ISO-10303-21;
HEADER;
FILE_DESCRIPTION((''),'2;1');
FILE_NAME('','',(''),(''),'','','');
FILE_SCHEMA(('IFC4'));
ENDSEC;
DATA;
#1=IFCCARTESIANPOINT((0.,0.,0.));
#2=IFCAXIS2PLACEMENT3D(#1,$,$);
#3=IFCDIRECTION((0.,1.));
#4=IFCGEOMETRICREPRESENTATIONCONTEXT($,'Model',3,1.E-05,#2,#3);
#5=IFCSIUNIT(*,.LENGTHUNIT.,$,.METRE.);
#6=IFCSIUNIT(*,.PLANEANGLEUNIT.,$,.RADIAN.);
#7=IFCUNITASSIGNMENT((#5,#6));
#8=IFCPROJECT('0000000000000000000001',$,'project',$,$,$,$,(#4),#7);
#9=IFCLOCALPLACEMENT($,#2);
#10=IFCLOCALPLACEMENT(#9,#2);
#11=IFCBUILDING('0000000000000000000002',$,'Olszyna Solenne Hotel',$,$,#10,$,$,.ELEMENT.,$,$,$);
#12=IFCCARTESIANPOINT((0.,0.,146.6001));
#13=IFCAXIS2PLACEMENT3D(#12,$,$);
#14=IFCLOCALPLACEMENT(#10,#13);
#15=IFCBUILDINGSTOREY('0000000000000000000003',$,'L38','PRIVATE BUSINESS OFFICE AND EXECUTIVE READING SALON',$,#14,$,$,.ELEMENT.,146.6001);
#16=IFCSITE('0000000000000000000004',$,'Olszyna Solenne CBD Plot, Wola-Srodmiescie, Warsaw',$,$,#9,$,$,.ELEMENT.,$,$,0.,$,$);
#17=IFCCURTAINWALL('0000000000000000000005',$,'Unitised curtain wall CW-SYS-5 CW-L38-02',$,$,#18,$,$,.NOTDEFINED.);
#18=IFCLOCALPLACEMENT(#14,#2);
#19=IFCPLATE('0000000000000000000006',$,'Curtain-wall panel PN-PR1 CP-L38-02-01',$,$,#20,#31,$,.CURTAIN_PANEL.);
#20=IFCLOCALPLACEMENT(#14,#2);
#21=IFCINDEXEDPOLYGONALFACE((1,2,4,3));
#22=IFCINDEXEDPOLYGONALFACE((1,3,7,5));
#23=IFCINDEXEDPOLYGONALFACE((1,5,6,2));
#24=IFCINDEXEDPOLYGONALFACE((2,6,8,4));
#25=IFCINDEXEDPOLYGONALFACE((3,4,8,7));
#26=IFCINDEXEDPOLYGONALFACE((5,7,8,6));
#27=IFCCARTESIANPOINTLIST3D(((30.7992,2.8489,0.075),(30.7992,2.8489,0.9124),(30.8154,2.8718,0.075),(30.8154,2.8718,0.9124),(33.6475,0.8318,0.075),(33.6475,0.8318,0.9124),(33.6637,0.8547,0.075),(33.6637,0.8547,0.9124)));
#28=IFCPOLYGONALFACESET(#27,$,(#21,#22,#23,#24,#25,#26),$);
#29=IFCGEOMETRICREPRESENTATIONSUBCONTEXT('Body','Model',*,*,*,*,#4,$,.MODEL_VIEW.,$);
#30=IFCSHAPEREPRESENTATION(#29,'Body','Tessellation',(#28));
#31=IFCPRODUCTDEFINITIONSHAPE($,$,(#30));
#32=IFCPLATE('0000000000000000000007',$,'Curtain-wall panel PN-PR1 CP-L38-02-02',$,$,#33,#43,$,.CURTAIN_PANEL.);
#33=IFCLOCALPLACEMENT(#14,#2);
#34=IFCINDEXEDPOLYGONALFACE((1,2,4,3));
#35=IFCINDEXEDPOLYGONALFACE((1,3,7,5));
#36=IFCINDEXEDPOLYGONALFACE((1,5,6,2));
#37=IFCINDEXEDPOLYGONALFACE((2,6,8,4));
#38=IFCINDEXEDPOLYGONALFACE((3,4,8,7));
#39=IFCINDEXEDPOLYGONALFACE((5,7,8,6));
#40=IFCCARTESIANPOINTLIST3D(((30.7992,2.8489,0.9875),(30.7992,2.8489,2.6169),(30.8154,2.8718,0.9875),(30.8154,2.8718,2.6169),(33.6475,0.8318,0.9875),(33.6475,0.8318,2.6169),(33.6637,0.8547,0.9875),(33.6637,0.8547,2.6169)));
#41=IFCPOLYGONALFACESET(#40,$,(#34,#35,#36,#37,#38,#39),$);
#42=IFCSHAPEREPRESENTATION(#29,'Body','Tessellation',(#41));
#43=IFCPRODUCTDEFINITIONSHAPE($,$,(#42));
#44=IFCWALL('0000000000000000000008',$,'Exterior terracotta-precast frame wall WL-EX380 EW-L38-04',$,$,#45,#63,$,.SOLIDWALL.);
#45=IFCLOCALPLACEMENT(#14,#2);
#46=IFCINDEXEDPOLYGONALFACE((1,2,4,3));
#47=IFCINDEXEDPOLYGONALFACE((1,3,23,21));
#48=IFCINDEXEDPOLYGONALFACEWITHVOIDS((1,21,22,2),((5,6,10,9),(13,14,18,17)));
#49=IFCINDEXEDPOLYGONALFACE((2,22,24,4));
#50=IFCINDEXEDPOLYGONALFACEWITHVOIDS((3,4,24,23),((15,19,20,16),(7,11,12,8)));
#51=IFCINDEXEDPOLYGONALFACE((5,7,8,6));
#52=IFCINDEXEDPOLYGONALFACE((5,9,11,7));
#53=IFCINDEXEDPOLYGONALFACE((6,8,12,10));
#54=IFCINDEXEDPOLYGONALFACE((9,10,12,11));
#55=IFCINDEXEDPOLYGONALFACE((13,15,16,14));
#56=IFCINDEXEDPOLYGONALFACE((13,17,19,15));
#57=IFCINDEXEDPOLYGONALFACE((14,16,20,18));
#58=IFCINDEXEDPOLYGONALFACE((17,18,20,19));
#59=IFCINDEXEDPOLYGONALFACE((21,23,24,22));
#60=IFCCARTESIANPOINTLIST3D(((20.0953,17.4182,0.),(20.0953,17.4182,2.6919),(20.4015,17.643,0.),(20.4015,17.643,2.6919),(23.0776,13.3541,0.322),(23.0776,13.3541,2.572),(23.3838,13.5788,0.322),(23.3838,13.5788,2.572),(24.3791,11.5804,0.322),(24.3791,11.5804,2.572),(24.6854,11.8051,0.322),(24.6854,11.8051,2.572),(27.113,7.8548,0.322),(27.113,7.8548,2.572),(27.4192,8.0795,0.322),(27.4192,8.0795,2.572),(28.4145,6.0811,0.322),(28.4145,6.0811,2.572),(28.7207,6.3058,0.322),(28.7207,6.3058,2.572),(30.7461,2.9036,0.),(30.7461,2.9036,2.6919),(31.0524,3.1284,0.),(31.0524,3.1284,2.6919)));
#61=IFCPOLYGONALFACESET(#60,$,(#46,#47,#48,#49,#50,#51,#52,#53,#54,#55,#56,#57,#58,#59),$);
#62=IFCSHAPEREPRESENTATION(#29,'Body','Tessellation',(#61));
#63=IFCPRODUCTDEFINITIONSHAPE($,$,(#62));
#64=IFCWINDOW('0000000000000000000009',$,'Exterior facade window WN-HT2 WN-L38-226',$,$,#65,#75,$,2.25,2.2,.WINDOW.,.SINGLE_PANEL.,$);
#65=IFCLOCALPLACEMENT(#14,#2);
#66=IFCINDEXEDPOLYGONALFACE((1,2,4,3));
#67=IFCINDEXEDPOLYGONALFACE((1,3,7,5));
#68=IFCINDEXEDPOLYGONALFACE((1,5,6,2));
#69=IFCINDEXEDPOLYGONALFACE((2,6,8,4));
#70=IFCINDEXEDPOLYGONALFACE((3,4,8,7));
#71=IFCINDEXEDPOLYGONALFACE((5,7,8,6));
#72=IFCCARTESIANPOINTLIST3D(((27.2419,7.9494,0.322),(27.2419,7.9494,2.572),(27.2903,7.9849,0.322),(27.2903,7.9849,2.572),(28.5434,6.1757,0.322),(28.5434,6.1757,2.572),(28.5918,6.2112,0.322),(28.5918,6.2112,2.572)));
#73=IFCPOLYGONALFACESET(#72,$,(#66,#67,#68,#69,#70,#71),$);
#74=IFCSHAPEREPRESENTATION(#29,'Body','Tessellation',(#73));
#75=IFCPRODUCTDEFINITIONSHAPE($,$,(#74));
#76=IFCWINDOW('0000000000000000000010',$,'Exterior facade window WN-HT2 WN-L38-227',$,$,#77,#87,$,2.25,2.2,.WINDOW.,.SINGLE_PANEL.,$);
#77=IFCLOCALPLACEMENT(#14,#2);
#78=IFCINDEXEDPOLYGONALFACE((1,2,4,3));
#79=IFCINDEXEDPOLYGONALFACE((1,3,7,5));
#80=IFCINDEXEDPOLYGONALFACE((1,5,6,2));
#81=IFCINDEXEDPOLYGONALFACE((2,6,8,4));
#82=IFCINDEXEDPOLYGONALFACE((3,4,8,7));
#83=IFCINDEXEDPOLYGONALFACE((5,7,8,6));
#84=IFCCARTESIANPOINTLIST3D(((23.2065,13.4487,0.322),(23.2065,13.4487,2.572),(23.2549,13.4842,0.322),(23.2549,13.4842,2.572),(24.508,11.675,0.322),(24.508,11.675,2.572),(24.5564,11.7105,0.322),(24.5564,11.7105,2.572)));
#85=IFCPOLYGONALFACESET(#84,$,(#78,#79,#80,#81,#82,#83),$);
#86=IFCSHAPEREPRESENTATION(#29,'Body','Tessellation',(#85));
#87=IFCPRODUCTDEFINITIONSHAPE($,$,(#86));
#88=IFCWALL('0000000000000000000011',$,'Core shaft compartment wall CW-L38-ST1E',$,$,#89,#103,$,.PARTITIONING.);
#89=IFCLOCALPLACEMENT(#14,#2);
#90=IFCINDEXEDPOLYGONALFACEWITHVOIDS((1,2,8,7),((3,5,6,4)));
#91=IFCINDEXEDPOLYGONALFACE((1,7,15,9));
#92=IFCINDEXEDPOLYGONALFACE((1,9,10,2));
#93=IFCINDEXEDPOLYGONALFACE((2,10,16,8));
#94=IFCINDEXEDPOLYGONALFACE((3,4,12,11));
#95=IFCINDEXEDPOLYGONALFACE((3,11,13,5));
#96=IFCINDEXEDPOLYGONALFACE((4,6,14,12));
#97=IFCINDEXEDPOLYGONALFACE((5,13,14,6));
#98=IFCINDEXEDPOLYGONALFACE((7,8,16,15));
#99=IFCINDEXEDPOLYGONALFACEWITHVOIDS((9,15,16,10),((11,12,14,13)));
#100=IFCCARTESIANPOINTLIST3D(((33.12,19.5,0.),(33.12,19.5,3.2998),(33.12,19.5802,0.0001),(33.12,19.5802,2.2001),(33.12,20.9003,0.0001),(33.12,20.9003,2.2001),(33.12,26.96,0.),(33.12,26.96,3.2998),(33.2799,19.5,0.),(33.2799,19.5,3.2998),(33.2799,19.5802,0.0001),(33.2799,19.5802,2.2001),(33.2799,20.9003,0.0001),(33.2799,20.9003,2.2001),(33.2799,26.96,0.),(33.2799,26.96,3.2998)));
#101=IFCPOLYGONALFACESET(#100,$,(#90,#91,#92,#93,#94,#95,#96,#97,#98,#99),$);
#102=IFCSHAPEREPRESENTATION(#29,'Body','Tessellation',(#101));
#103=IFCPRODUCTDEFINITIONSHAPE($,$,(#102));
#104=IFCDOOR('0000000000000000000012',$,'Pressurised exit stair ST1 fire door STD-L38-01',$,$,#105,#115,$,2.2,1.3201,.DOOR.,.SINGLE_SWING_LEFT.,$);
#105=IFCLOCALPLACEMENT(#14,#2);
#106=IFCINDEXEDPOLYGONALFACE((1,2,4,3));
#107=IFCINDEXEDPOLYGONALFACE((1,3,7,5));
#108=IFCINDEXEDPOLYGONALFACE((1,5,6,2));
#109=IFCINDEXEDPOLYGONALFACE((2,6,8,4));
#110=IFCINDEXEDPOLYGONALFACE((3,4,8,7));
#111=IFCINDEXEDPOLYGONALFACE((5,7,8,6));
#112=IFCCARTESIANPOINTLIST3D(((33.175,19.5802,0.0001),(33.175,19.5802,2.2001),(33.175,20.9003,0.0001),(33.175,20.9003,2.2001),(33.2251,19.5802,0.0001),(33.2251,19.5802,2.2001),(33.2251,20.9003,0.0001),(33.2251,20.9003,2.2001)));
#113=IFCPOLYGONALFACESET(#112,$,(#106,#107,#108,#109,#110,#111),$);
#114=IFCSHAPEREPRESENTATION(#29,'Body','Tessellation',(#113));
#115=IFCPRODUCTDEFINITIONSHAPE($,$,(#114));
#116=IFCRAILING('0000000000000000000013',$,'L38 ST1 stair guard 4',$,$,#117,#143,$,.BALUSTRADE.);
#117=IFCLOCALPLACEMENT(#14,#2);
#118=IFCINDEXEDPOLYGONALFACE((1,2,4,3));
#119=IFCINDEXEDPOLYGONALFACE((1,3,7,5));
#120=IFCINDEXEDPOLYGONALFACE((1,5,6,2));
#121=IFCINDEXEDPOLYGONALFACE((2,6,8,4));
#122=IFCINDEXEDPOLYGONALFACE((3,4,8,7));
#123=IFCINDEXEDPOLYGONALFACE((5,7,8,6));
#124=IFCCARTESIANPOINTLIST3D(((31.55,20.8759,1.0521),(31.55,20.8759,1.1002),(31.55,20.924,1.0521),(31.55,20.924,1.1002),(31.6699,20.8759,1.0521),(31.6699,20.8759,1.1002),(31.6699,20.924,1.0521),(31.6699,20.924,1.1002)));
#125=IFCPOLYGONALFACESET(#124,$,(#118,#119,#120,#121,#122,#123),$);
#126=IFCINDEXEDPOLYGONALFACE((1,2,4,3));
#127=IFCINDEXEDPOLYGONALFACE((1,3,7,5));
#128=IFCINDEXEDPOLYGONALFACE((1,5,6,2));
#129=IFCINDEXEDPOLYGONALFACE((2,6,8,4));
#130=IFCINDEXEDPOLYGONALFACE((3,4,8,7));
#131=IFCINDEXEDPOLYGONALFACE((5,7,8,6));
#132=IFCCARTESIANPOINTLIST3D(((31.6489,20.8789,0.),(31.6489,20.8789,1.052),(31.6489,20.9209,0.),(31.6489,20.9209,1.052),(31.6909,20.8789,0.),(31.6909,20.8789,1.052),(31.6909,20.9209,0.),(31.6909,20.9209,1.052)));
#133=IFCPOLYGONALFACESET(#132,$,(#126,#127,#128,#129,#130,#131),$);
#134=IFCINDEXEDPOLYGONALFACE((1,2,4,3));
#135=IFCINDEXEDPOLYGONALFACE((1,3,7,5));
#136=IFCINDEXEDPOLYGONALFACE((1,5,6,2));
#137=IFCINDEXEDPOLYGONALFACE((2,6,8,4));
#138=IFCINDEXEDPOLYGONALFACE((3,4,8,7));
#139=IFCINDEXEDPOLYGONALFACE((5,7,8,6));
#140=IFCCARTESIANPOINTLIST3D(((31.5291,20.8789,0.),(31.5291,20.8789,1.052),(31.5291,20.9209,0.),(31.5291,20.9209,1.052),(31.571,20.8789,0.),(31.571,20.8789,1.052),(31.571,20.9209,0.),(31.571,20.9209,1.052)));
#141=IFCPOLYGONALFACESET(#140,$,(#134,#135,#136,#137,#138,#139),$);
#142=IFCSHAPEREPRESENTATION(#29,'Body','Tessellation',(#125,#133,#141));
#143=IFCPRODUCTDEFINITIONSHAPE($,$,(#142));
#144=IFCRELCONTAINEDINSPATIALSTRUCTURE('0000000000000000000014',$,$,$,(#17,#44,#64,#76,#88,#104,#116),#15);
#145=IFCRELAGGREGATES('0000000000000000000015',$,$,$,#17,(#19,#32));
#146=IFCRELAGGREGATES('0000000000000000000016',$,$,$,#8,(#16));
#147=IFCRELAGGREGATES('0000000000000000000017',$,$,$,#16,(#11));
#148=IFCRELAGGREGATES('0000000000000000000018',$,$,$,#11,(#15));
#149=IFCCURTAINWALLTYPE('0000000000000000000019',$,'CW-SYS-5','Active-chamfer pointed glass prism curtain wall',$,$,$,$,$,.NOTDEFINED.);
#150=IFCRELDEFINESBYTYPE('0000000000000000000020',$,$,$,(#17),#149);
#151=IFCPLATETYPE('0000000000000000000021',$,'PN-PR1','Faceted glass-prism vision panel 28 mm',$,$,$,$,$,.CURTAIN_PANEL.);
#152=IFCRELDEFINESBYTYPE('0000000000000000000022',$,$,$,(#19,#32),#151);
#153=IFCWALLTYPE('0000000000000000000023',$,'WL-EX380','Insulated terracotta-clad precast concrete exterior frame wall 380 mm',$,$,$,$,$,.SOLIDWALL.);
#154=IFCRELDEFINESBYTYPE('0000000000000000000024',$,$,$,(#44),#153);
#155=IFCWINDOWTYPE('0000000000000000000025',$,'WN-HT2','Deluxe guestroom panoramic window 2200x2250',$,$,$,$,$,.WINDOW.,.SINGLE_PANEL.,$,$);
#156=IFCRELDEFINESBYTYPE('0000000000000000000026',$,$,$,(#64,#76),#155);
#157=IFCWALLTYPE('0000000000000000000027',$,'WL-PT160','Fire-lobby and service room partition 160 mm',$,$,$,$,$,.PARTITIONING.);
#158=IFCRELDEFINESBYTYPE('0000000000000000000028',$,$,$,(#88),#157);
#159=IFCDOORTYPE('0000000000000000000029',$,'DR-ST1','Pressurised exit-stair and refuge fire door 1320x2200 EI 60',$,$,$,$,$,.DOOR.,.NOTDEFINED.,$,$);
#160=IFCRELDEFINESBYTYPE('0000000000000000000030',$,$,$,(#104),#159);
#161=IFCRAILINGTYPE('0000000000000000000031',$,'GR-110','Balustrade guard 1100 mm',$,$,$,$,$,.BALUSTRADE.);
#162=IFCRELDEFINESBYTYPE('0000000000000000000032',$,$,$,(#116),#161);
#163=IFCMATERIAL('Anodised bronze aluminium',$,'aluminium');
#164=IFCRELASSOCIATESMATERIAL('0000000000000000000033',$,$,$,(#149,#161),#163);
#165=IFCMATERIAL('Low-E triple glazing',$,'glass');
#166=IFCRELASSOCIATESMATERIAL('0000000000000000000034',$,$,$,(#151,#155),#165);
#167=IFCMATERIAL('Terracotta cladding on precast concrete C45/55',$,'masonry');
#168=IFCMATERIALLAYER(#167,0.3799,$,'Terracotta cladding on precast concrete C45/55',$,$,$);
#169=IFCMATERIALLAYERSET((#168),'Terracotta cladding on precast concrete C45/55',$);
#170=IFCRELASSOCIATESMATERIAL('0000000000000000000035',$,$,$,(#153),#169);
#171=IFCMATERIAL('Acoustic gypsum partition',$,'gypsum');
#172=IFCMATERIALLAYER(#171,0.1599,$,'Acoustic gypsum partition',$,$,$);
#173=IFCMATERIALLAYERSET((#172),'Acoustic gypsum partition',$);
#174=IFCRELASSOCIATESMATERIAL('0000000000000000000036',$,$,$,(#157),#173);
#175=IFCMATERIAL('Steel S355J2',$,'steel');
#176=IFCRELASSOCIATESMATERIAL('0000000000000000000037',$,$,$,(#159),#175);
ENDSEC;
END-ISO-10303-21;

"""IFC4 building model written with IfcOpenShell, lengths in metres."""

from ifc_helpers import new_model, si_unit, direction, frame, frame_2d, origin, origin_2d, place, context, subcontext, project, spatial, rectangle, extrude, source, transform, mapped, material, layer, layer_set, type_object, type_shapes, element, fill, aggregate, save


model = new_model("IFC4")

# Units and contexts
model_context = context("Model", 3, precision=1e-05, world=origin(), true_north=direction((0.0, 1.0)))
body_context = subcontext(model_context, "Body", "Model", "MODEL_VIEW")
ifc_project = project(units=[si_unit("LENGTHUNIT", "METRE"), si_unit("PLANEANGLEUNIT", "RADIAN")], contexts=[model_context])

# Site, building, storey
site_placement = place(None, origin())
site = spatial("IfcSite", under=ifc_project, at=site_placement, Name="Olszyna Solenne CBD Plot, Wola-Srodmiescie, Warsaw", CompositionType="ELEMENT", RefElevation=0.0)
building_placement = place(site_placement, origin())
building = spatial("IfcBuilding", under=site, at=building_placement, Name="Olszyna Solenne Hotel", CompositionType="ELEMENT")
storey_placement = place(building_placement, frame((0.0, 0.0, 146.6001)))
storey = spatial("IfcBuildingStorey", under=building, at=storey_placement, Name="L38", Description="PRIVATE BUSINESS OFFICE AND EXECUTIVE READING SALON", CompositionType="ELEMENT", Elevation=146.6001)

# Shared definitions
ifc_material_1 = material(Name="Steel S355J2", Category="steel")

# Shared definitions
ifc_material_2 = material(Name="Anodised bronze aluminium", Category="aluminium")
curtain_wall_type = type_object("IfcCurtainWallType", Name="CW-SYS-5", Description="Active-chamfer pointed glass prism curtain wall", PredefinedType="NOTDEFINED", material=ifc_material_2)

# Curtain wall
curtain_wall_1_placement = place(storey_placement, origin())
curtain_wall_1 = element("IfcCurtainWall", 1, at=curtain_wall_1_placement, inside=storey, type_object=curtain_wall_type, Name="Unitised curtain wall CW-SYS-5 CW-L38-02", PredefinedType="NOTDEFINED")

# Plates
ifc_material_3 = material(Name="Low-E triple glazing", Category="glass")
plate_type = type_object("IfcPlateType", Name="PN-PR1", Description="Faceted glass-prism vision panel 28 mm", PredefinedType="CURTAIN_PANEL", material=ifc_material_3)
shared_shape_1 = source(origin(), body_context, "Body", "SweptSolid", [
    extrude(rectangle(XDim=3.4902, YDim=0.0281, at=origin_2d()), origin(), (0.0, 0.0, 1.0), 0.8374),
])
plate_1_placement = place(storey_placement, frame((32.2314, 1.8518, 0.075), z_axis=(0.0, 0.0, 1.0), x_axis=(0.816095, -0.577917, 0.0)))
plate_1 = element("IfcPlate", 2, at=plate_1_placement, type_object=plate_type, Name="Curtain-wall panel PN-PR1 CP-L38-02-01", PredefinedType="CURTAIN_PANEL", context=body_context, shape_type="MappedRepresentation", body=[
    mapped(shared_shape_1, transform((0.0, 0.0, 0.0), x_axis=(1.0, 0.0, 0.0), y_axis=(0.0, 1.0, 0.0), z_axis=(0.0, 0.0, 1.0), scale=1.0)),
])
shared_shape_2 = source(origin(), body_context, "Body", "SweptSolid", [
    extrude(rectangle(XDim=3.4902, YDim=0.0281, at=origin_2d()), origin(), (0.0, 0.0, 1.0), 1.6294),
])
plate_2_placement = place(storey_placement, frame((32.2314, 1.8518, 0.9875), z_axis=(0.0, 0.0, 1.0), x_axis=(0.816095, -0.577917, 0.0)))
plate_2 = element("IfcPlate", 3, at=plate_2_placement, type_object=plate_type, Name="Curtain-wall panel PN-PR1 CP-L38-02-02", PredefinedType="CURTAIN_PANEL", context=body_context, shape_type="MappedRepresentation", body=[
    mapped(shared_shape_2, transform((0.0, 0.0, 0.0), x_axis=(1.0, 0.0, 0.0), y_axis=(0.0, 1.0, 0.0), z_axis=(0.0, 0.0, 1.0), scale=1.0)),
])
aggregate(curtain_wall_1, [plate_1, plate_2])

# Wall, openings, windows
ifc_material_4 = material(Name="Terracotta cladding on precast concrete C45/55", Category="masonry")
ifc_layer_1 = layer(ifc_material_4, 0.3799, Name="Terracotta cladding on precast concrete C45/55")
ifc_layer_set_1 = layer_set([ifc_layer_1], Name="Terracotta cladding on precast concrete C45/55")
wall_type_1 = type_object("IfcWallType", Name="WL-EX380", Description="Insulated terracotta-clad precast concrete exterior frame wall 380 mm", PredefinedType="SOLIDWALL", material=ifc_layer_set_1)
wall_1_placement = place(storey_placement, frame((30.8992, 3.0161, 0.0), z_axis=(0.0, 0.0, 1.0), x_axis=(-0.591609, 0.806225, 0.0)))
wall_1 = element("IfcWall", 4, at=wall_1_placement, inside=storey, type_object=wall_type_1, Name="Exterior terracotta-precast frame wall WL-EX380 EW-L38-04", PredefinedType="SOLIDWALL", context=body_context, shape_type="SweptSolid", body=[
    extrude(rectangle(XDim=18.0032, YDim=0.3799, at=frame_2d((9.0015, 0.0))), origin(), (0.0, 0.0, 1.0), 2.6919),
])
opening_1_placement = place(wall_1_placement, frame((3.9409, 0.0, 0.322)))
opening_1 = element("IfcOpeningElement", 5, at=opening_1_placement, cuts=wall_1, PredefinedType="OPENING", context=body_context, shape_type="SweptSolid", body=[
    extrude(rectangle(XDim=2.2, YDim=2.25, at=frame_2d((1.1001, 1.125))), frame((0.0, 0.2, 0.0), z_axis=(0.0, -1.0, 0.0), x_axis=(1.0, 0.0, 0.0)), (0.0, 0.0, 1.0), 0.3999),
])
opening_2_placement = place(wall_1_placement, frame((10.762, 0.0, 0.322)))
opening_2 = element("IfcOpeningElement", 6, at=opening_2_placement, cuts=wall_1, PredefinedType="OPENING", context=body_context, shape_type="SweptSolid", body=[
    extrude(rectangle(XDim=2.2, YDim=2.25, at=frame_2d((1.1001, 1.125))), frame((0.0, 0.2, 0.0), z_axis=(0.0, -1.0, 0.0), x_axis=(1.0, 0.0, 0.0)), (0.0, 0.0, 1.0), 0.3999),
])
window_type = type_object("IfcWindowType", Name="WN-HT2", Description="Deluxe guestroom panoramic window 2200x2250", PartitioningType="SINGLE_PANEL", PredefinedType="WINDOW", material=ifc_material_3)
shared_shape_3 = source(origin(), body_context, "Body", "SweptSolid", [
    extrude(rectangle(XDim=2.2, YDim=2.25, at=frame_2d((1.1001, 1.125))), frame((0.0, 0.03, 0.0), z_axis=(0.0, -1.0, 0.0), x_axis=(1.0, 0.0, 0.0)), (0.0, 0.0, 1.0), 0.0601),
])
type_shapes(window_type, [shared_shape_3])
window_1_placement = place(opening_1_placement, origin())
window_1 = element("IfcWindow", 7, at=window_1_placement, inside=storey, type_object=window_type, Name="Exterior facade window WN-HT2 WN-L38-226", OverallHeight=2.25, OverallWidth=2.2, PartitioningType="SINGLE_PANEL", PredefinedType="WINDOW", context=body_context, shape_type="MappedRepresentation", body=[
    mapped(shared_shape_3, transform((0.0, 0.0, 0.0), x_axis=(1.0, 0.0, 0.0), y_axis=(0.0, 1.0, 0.0), z_axis=(0.0, 0.0, 1.0), scale=1.0)),
])
fill(opening_1, window_1)
window_2_placement = place(opening_2_placement, origin())
window_2 = element("IfcWindow", 8, at=window_2_placement, inside=storey, type_object=window_type, Name="Exterior facade window WN-HT2 WN-L38-227", OverallHeight=2.25, OverallWidth=2.2, PartitioningType="SINGLE_PANEL", PredefinedType="WINDOW", context=body_context, shape_type="MappedRepresentation", body=[
    mapped(shared_shape_3, transform((0.0, 0.0, 0.0), x_axis=(1.0, 0.0, 0.0), y_axis=(0.0, 1.0, 0.0), z_axis=(0.0, 0.0, 1.0), scale=1.0)),
])
fill(opening_2, window_2)

# Wall, opening, door
ifc_material_5 = material(Name="Acoustic gypsum partition", Category="gypsum")
ifc_layer_2 = layer(ifc_material_5, 0.1599, Name="Acoustic gypsum partition")
ifc_layer_set_2 = layer_set([ifc_layer_2], Name="Acoustic gypsum partition")
wall_type_2 = type_object("IfcWallType", Name="WL-PT160", Description="Fire-lobby and service room partition 160 mm", PredefinedType="PARTITIONING", material=ifc_layer_set_2)
wall_2_placement = place(storey_placement, frame((33.2, 19.5, 0.0), z_axis=(0.0, 0.0, 1.0), x_axis=(0.0, 1.0, 0.0)))
wall_2 = element("IfcWall", 9, at=wall_2_placement, inside=storey, type_object=wall_type_2, Name="Core shaft compartment wall CW-L38-ST1E", PredefinedType="PARTITIONING", context=body_context, shape_type="SweptSolid", body=[
    extrude(rectangle(XDim=7.46, YDim=0.1599, at=frame_2d((3.73, 0.0))), origin(), (0.0, 0.0, 1.0), 3.2998),
])
opening_3_placement = place(wall_2_placement, frame((0.0801, 0.0, 0.0)))
opening_3 = element("IfcOpeningElement", 10, at=opening_3_placement, cuts=wall_2, PredefinedType="OPENING", context=body_context, shape_type="SweptSolid", body=[
    extrude(rectangle(XDim=1.3201, YDim=2.2, at=frame_2d((0.6602, 1.1001))), frame((0.0, 0.0898, 0.0), z_axis=(0.0, -1.0, 0.0), x_axis=(1.0, 0.0, 0.0)), (0.0, 0.0, 1.0), 0.1799),
])
door_type = type_object("IfcDoorType", Name="DR-ST1", Description="Pressurised exit-stair and refuge fire door 1320x2200 EI 60", OperationType="NOTDEFINED", PredefinedType="DOOR", material=ifc_material_1)
shared_shape_4 = source(origin(), body_context, "Body", "SweptSolid", [
    extrude(rectangle(XDim=1.3201, YDim=2.2, at=frame_2d((0.6602, 1.1001))), frame((0.0, 0.0249, 0.0), z_axis=(0.0, -1.0, 0.0), x_axis=(1.0, 0.0, 0.0)), (0.0, 0.0, 1.0), 0.05),
])
type_shapes(door_type, [shared_shape_4])
door_placement = place(opening_3_placement, origin())
door = element("IfcDoor", 11, at=door_placement, inside=storey, type_object=door_type, Name="Pressurised exit stair ST1 fire door STD-L38-01", OperationType="SINGLE_SWING_LEFT", OverallHeight=2.2, OverallWidth=1.3201, PredefinedType="DOOR", context=body_context, shape_type="MappedRepresentation", body=[
    mapped(shared_shape_4, transform((0.0, 0.0, 0.0), x_axis=(1.0, 0.0, 0.0), y_axis=(0.0, 1.0, 0.0), z_axis=(0.0, 0.0, 1.0), scale=1.0)),
])
fill(opening_3, door)

# Railing
railing_type = type_object("IfcRailingType", Name="GR-110", Description="Balustrade guard 1100 mm", PredefinedType="BALUSTRADE", material=ifc_material_2)
railing_placement = place(storey_placement, frame((31.6699, 20.8999, 0.0)))
element("IfcRailing", 12, at=railing_placement, inside=storey, type_object=railing_type, Name="L38 ST1 stair guard 4", PredefinedType="BALUSTRADE", context=body_context, shape_type="SweptSolid", body=[
    extrude(rectangle(XDim=0.0481, YDim=0.0481, at=origin_2d()), frame((0.0, 0.0, 1.0762), z_axis=(-1.0, 0.0, 0.0), x_axis=(0.0, -1.0, 0.0)), (0.0, 0.0, 1.0), 0.1199),
    extrude(rectangle(XDim=0.042, YDim=0.042, at=origin_2d()), origin(), (0.0, 0.0, 1.0), 1.052),
    extrude(rectangle(XDim=0.042, YDim=0.042, at=origin_2d()), frame((-0.1199, 0.0, 0.0)), (0.0, 0.0, 1.0), 1.052),
])

save(model, "model.ifc")
